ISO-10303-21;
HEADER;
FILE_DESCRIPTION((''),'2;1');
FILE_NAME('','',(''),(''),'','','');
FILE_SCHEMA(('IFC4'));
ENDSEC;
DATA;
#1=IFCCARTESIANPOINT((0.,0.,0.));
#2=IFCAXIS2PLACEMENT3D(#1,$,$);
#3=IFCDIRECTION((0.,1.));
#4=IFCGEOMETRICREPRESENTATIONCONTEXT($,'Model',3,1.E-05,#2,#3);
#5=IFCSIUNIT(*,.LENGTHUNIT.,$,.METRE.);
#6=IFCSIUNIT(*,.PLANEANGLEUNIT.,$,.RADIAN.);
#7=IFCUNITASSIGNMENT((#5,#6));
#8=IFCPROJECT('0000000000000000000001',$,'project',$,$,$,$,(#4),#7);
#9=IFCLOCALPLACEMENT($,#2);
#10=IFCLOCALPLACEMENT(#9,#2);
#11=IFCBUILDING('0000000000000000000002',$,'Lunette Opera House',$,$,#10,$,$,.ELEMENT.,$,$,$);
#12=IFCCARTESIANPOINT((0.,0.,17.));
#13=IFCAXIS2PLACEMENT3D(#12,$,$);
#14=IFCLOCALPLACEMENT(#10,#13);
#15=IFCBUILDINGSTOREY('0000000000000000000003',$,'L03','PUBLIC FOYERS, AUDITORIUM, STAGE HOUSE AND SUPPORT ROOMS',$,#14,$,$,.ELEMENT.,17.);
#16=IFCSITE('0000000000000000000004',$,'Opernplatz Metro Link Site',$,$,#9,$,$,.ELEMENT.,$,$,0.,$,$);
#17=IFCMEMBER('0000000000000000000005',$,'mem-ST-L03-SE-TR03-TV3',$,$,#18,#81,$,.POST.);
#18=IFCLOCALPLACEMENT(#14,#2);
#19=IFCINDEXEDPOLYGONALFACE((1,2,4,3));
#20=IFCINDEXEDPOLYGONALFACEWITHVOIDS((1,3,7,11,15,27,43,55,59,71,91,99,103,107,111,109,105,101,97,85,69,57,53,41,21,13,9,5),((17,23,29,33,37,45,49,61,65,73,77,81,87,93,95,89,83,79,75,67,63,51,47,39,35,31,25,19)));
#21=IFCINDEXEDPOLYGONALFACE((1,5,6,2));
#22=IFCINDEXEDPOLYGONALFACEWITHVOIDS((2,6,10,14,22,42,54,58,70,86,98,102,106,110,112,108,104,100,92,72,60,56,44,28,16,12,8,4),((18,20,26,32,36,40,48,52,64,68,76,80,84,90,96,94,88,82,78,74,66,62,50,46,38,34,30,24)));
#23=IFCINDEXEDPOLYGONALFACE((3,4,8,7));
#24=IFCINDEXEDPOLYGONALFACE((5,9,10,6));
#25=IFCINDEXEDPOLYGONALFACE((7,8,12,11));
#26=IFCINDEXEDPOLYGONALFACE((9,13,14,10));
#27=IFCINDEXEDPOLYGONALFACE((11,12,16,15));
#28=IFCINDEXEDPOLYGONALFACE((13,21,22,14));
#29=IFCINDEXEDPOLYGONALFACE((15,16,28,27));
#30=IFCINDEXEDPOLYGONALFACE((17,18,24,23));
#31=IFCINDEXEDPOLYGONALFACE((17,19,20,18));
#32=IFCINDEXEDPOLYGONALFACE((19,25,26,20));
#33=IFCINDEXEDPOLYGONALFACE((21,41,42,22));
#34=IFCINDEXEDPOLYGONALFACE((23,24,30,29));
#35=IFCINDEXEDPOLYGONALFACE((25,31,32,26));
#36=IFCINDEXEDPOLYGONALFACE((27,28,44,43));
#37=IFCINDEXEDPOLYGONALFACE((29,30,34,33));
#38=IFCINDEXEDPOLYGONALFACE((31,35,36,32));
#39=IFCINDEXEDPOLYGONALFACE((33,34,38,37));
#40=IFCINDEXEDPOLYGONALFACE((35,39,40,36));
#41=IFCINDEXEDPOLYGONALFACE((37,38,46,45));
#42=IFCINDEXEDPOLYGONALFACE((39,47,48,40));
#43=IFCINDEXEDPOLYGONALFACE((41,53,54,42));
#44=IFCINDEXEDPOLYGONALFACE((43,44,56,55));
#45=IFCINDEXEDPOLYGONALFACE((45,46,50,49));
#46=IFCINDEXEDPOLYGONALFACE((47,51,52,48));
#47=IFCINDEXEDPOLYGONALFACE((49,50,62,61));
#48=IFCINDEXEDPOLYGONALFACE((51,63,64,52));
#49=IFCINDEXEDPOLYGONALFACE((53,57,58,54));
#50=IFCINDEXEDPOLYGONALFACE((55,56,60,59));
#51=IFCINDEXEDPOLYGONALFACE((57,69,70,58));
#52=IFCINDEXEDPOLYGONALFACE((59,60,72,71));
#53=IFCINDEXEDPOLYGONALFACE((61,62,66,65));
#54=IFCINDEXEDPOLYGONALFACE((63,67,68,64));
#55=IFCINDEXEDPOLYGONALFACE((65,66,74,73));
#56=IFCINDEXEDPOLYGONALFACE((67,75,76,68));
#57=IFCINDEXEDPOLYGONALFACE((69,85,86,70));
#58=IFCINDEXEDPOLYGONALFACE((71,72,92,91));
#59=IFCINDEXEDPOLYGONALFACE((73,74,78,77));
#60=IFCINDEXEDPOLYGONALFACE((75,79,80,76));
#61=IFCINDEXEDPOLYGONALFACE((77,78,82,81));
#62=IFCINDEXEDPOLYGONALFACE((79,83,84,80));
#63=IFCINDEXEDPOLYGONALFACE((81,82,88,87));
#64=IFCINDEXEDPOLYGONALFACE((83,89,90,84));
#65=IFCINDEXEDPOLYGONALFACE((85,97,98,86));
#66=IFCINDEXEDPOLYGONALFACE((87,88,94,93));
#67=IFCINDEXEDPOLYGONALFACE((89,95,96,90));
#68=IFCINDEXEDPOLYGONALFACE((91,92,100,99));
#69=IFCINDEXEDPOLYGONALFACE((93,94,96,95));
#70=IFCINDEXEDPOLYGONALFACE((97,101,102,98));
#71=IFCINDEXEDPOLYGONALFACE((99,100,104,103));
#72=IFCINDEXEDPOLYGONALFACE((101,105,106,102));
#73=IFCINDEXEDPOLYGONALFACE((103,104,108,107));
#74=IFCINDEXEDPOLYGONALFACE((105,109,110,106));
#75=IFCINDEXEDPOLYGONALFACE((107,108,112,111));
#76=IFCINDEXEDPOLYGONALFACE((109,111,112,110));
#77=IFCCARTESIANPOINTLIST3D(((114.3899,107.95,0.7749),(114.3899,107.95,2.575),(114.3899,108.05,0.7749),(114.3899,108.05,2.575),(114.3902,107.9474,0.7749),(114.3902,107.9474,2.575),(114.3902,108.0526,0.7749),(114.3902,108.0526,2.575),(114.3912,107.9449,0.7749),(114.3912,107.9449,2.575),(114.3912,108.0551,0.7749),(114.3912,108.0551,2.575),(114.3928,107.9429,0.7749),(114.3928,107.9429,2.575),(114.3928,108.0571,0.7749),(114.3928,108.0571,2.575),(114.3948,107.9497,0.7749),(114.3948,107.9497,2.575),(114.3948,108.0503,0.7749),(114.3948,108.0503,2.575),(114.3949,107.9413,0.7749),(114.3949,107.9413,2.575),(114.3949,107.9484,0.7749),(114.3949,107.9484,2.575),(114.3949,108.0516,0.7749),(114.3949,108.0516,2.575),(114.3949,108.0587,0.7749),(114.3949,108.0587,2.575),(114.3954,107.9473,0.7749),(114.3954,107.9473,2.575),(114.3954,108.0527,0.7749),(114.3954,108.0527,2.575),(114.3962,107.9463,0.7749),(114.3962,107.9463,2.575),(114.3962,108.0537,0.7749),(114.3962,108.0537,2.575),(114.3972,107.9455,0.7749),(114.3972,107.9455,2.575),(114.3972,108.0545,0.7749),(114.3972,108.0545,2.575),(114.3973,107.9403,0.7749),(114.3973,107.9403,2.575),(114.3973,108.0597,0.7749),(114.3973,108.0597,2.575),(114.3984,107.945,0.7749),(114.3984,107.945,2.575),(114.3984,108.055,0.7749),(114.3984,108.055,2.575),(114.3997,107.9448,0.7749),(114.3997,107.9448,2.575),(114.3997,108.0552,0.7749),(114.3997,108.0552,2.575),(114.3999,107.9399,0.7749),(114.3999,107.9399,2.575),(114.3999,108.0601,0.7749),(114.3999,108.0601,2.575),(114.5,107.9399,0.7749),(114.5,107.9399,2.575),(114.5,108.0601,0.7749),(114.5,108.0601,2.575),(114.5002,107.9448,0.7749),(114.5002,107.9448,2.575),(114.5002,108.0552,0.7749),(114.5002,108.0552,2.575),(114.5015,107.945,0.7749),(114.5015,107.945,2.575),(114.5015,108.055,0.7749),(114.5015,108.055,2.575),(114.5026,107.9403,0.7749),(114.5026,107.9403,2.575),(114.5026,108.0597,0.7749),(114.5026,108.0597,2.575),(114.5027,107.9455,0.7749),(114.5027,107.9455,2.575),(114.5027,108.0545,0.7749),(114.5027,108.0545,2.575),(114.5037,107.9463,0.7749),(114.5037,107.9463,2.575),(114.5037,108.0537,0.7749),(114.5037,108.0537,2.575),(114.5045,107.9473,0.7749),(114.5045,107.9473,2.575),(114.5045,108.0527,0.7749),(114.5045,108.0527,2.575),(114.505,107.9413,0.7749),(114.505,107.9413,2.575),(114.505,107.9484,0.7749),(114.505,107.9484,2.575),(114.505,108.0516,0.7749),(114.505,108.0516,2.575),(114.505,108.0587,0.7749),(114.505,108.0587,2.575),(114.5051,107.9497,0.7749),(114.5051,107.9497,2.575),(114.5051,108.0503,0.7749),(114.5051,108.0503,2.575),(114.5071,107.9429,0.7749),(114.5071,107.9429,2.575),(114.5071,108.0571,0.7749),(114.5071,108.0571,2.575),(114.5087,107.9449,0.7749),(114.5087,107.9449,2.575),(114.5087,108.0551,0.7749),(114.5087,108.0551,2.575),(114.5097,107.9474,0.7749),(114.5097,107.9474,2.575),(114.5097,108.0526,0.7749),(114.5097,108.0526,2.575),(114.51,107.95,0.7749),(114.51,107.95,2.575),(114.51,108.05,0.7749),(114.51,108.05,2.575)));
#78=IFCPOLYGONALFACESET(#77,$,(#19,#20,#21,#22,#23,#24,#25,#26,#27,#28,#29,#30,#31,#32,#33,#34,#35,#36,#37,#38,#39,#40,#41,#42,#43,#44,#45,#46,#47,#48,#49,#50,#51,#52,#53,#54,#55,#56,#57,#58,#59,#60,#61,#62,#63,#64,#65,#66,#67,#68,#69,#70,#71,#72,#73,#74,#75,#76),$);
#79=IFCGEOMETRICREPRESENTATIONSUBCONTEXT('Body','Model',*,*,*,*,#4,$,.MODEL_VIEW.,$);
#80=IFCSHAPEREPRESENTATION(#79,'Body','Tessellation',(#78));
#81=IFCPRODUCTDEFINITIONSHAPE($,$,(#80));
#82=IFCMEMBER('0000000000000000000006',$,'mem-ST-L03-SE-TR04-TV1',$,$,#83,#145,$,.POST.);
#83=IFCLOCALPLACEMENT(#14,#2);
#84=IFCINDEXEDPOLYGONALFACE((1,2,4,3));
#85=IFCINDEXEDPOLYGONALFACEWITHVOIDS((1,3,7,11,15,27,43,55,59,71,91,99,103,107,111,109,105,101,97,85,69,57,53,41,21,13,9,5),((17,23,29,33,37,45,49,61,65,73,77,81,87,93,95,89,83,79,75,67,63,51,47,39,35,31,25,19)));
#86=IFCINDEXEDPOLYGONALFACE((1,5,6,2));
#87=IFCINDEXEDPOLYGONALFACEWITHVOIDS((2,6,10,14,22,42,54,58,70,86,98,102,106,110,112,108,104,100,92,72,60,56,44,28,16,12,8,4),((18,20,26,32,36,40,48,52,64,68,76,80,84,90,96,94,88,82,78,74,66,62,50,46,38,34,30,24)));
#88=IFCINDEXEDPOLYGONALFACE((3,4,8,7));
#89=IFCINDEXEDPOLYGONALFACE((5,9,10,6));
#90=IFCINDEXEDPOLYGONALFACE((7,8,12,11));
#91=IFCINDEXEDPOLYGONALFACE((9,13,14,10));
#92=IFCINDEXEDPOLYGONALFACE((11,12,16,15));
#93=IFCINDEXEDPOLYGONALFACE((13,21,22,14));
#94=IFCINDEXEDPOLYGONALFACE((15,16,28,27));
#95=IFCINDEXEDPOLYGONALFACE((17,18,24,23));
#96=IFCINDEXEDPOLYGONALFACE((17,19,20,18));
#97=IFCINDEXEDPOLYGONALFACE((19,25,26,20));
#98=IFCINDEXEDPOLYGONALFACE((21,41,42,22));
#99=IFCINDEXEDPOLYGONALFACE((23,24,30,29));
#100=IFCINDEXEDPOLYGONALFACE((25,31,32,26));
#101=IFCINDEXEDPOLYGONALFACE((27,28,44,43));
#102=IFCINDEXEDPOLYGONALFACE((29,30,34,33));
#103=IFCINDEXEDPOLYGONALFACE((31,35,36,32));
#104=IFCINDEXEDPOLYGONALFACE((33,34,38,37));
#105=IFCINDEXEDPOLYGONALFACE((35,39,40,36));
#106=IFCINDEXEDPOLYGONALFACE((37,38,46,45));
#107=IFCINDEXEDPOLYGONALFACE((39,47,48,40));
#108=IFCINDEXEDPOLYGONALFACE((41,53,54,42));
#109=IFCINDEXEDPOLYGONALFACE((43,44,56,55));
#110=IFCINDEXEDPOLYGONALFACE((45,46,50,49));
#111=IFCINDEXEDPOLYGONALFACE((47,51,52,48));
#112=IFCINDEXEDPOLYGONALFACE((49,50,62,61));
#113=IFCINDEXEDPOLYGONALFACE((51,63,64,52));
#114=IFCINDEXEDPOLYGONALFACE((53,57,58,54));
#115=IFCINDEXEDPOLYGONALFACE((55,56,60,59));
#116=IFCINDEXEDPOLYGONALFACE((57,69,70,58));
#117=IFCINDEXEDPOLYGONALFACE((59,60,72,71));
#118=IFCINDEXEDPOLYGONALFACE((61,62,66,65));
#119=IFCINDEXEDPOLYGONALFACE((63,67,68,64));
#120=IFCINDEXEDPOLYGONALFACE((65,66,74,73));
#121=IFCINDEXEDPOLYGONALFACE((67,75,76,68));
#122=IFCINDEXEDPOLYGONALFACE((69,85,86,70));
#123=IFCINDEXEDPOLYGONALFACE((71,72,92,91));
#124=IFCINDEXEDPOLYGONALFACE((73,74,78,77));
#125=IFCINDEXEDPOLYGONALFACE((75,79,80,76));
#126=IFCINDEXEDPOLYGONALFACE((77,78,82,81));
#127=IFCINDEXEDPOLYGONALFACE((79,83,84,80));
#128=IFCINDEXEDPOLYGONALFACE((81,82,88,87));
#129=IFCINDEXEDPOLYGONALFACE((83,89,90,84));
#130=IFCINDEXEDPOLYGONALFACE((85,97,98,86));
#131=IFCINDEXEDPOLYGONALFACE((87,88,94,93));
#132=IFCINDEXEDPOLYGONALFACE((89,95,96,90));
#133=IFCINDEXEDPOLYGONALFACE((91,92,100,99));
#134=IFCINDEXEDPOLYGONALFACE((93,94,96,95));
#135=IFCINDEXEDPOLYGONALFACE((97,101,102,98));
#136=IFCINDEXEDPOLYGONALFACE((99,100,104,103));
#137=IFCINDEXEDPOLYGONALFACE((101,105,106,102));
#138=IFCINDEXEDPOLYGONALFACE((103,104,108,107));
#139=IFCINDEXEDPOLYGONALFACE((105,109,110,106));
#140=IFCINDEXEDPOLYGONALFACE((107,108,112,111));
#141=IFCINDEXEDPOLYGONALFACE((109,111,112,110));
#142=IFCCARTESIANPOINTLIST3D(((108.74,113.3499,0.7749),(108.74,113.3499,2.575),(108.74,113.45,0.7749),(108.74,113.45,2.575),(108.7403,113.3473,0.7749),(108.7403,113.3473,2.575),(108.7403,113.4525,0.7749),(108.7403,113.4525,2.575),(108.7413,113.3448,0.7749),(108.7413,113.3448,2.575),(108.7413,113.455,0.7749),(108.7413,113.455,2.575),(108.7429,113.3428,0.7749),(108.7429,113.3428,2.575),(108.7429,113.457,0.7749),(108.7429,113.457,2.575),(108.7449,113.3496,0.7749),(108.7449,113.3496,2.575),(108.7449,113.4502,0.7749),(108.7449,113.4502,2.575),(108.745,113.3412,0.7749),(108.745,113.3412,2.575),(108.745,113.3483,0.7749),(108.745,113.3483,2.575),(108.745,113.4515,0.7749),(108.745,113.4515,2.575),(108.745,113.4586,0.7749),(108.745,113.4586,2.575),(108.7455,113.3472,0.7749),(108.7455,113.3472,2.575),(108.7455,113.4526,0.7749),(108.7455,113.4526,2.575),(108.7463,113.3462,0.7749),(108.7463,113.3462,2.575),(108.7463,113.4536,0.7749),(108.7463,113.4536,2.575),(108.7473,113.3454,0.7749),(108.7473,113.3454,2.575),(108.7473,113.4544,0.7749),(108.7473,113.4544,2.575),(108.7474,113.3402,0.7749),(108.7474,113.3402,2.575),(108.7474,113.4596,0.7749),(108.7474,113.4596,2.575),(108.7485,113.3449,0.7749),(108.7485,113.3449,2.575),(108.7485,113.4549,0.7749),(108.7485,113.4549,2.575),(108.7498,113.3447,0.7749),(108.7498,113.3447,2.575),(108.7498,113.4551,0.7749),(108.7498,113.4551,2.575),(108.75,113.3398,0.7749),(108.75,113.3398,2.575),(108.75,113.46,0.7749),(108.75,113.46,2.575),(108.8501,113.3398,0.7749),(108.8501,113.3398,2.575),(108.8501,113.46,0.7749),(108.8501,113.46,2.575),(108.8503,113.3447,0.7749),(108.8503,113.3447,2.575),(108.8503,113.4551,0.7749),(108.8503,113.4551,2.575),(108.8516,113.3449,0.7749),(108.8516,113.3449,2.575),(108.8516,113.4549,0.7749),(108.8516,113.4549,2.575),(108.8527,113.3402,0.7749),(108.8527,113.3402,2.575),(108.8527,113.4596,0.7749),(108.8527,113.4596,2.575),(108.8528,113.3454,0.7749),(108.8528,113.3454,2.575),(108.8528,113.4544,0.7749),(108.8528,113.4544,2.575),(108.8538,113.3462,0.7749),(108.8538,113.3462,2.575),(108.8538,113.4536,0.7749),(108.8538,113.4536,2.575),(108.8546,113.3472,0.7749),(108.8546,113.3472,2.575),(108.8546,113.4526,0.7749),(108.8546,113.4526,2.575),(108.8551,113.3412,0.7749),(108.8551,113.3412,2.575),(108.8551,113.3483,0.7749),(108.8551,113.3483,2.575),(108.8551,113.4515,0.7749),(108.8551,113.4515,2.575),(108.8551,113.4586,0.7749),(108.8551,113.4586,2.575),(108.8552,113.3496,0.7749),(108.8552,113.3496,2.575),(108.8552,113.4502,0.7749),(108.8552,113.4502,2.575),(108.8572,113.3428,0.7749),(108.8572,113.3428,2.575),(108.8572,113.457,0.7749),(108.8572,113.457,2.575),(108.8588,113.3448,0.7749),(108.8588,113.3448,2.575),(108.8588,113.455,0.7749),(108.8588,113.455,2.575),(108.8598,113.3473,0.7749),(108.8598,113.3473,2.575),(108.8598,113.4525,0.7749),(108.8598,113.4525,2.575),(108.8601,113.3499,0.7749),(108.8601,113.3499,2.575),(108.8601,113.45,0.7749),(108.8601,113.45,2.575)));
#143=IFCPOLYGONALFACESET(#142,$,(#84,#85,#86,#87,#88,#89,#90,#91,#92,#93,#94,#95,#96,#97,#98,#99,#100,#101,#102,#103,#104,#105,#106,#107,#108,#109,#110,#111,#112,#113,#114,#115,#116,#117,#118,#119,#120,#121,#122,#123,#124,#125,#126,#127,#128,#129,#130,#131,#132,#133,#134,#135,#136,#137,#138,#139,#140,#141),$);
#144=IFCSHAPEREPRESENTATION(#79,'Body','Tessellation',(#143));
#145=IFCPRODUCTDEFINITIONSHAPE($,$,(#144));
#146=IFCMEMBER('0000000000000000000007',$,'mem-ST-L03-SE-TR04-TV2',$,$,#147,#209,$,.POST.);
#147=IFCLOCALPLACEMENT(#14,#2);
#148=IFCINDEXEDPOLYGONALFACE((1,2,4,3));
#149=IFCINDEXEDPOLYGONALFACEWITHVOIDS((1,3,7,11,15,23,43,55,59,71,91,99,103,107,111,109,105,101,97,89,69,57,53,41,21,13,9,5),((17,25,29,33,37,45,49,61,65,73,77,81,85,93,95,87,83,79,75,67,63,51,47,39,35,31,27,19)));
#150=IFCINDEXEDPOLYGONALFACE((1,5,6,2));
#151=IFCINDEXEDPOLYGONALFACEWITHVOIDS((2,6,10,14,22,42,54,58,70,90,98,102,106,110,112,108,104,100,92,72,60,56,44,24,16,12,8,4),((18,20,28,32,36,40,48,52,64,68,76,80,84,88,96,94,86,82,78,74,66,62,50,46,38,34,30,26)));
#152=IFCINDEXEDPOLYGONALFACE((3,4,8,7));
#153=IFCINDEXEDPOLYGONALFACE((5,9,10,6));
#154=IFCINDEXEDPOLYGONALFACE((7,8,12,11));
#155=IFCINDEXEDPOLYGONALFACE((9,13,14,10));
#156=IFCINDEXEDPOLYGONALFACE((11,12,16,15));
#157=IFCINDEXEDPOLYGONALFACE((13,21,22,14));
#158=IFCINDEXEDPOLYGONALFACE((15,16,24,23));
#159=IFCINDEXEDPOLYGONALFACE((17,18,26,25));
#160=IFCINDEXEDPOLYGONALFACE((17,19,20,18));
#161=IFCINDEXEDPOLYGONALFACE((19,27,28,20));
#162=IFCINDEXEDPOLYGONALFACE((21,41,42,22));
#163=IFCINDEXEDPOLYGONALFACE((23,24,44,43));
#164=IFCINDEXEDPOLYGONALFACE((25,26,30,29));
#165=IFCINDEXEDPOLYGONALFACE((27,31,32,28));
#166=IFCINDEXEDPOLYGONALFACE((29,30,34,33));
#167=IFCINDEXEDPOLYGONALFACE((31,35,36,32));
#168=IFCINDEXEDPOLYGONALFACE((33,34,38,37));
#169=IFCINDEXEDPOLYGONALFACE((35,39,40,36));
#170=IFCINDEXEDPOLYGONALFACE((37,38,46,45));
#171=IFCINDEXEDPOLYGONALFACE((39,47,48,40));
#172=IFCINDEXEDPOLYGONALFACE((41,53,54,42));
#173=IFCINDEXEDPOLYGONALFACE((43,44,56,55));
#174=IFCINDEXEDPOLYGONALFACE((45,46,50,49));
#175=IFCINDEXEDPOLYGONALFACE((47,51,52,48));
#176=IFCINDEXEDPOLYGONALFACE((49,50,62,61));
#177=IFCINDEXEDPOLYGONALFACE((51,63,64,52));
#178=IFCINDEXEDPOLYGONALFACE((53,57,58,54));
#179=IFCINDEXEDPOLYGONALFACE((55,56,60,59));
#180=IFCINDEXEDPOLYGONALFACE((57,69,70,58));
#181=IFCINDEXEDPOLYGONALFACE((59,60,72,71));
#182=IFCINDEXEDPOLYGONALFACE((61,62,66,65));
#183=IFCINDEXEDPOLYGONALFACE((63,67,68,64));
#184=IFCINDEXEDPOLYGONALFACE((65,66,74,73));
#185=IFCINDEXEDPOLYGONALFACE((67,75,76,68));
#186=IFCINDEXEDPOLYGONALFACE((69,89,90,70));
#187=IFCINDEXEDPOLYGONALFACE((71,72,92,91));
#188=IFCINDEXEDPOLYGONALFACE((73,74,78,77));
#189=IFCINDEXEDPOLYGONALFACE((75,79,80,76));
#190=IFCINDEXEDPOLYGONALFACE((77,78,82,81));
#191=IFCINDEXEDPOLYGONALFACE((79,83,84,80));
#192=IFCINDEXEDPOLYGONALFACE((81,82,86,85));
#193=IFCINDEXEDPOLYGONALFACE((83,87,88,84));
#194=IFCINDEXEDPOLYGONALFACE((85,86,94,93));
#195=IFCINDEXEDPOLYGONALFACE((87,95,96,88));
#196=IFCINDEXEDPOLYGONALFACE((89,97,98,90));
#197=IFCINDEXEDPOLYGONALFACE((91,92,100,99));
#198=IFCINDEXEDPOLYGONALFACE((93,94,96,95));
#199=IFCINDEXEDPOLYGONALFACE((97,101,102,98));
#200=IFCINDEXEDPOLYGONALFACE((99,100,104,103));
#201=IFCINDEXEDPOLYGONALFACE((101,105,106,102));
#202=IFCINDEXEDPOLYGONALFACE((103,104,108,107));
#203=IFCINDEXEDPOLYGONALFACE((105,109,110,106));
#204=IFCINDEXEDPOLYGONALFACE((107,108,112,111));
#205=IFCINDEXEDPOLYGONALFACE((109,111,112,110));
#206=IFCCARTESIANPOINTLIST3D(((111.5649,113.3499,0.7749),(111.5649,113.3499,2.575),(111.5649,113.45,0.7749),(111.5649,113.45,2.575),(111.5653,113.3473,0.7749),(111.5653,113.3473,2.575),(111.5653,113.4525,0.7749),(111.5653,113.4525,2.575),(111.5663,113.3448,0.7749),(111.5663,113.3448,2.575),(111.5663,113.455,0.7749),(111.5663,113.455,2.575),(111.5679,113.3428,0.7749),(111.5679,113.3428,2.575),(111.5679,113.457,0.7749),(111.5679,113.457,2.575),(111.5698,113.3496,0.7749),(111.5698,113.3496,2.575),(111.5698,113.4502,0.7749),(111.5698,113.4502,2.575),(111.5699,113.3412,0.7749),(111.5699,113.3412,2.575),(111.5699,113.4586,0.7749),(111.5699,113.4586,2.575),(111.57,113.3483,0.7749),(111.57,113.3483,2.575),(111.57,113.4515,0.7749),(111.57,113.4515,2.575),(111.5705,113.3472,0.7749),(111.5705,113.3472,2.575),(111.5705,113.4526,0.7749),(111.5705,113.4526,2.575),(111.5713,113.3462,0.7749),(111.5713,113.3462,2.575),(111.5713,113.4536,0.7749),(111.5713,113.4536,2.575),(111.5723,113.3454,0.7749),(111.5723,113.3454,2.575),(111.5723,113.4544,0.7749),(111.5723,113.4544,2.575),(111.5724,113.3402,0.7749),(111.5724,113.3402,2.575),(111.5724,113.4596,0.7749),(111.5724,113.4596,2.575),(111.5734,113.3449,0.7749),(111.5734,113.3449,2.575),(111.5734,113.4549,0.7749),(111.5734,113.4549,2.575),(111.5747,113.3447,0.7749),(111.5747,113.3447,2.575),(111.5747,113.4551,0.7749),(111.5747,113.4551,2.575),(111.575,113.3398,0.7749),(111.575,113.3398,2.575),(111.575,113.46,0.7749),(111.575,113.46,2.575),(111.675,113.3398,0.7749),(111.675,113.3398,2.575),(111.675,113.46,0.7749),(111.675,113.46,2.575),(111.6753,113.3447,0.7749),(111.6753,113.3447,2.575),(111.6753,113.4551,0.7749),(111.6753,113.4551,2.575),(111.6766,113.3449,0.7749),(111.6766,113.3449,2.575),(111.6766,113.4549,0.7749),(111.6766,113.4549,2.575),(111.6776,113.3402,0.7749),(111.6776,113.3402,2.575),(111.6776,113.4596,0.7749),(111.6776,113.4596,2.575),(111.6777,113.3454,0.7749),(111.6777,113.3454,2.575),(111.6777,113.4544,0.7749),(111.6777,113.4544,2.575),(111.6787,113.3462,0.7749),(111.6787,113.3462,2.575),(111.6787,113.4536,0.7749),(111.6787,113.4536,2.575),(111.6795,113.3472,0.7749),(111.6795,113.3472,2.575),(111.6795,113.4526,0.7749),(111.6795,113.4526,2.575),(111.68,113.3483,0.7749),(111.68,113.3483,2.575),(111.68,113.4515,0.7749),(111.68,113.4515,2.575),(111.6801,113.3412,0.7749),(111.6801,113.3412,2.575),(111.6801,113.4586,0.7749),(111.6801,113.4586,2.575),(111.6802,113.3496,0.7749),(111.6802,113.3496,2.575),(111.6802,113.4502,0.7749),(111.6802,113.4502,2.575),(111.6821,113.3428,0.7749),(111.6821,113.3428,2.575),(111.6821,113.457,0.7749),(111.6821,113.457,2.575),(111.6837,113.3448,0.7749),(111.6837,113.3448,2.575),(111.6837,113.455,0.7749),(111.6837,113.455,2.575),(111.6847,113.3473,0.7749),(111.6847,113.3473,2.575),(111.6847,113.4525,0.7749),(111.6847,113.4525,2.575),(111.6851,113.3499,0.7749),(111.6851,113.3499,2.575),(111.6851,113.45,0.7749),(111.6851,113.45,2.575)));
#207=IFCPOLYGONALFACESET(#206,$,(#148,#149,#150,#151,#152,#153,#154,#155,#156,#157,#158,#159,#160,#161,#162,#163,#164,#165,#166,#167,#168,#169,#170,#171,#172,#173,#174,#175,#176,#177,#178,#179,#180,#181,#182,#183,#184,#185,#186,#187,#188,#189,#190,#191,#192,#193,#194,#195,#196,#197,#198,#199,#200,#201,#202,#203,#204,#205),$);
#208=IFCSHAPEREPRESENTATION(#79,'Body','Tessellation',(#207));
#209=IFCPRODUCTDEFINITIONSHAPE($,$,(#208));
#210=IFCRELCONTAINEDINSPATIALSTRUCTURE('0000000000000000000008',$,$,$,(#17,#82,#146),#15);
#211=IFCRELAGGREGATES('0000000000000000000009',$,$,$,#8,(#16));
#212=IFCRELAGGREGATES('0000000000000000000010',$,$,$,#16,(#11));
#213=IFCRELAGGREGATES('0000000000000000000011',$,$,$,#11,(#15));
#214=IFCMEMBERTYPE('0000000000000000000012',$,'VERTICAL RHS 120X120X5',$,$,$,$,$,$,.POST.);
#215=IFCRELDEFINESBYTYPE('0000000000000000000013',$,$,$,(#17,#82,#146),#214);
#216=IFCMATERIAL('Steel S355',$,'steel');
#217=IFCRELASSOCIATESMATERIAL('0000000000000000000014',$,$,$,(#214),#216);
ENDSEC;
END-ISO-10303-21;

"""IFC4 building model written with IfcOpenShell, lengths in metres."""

from ifc_helpers import new_model, si_unit, direction, frame, origin, origin_2d, place, context, subcontext, project, spatial, hollow_rectangle, extrude, material, material_profile, profile_set, type_object, element, save


model = new_model("IFC4")

# Units and contexts
model_context = context("Model", 3, precision=1e-05, world=origin(), true_north=direction((0.0, 1.0)))
body_context = subcontext(model_context, "Body", "Model", "MODEL_VIEW")
ifc_project = project(units=[si_unit("LENGTHUNIT", "METRE"), si_unit("PLANEANGLEUNIT", "RADIAN")], contexts=[model_context])

# Site, building, storey
site_placement = place(None, origin())
site = spatial("IfcSite", under=ifc_project, at=site_placement, Name="Opernplatz Metro Link Site", CompositionType="ELEMENT", RefElevation=0.0)
building_placement = place(site_placement, origin())
building = spatial("IfcBuilding", under=site, at=building_placement, Name="Lunette Opera House", CompositionType="ELEMENT")
storey_placement = place(building_placement, frame((0.0, 0.0, 17.0)))
storey = spatial("IfcBuildingStorey", under=building, at=storey_placement, Name="L03", Description="PUBLIC FOYERS, AUDITORIUM, STAGE HOUSE AND SUPPORT ROOMS", CompositionType="ELEMENT", Elevation=17.0)

# Members
ifc_material_1 = material(Name="Steel S355", Category="steel")
ifc_material_profile_1 = material_profile(ifc_material_1, hollow_rectangle(XDim=0.1201, YDim=0.1201, WallThickness=0.0049, InnerFilletRadius=0.0049, OuterFilletRadius=0.01, at=origin_2d()), Name="RHS 120X120X5")
ifc_profile_set_1 = profile_set([ifc_material_profile_1], Name="Steel S355")
member_type_1 = type_object("IfcMemberType", Name="VERTICAL RHS 120X120X5", PredefinedType="POST", material=ifc_profile_set_1)
for number, where, z_axis, x_axis, name in (
    (1, (114.45, 108.0, 0.7749), (0.0, 0.0, 1.0), (1.0, 0.0, 0.0), "mem-ST-L03-SE-TR03-TV3"),
    (2, (108.8, 113.3999, 0.7749), (0.0, 0.0, 1.0), (1.0, 0.0, 0.0), "mem-ST-L03-SE-TR04-TV1"),
    (3, (111.625, 113.3999, 0.7749), (0.0, 0.0, 1.0), (1.0, 0.0, 0.0), "mem-ST-L03-SE-TR04-TV2"),
):
    element("IfcMember", number, at=place(storey_placement, frame(where, z_axis=z_axis, x_axis=x_axis)), inside=storey, type_object=member_type_1, Name=name, PredefinedType="POST", context=body_context, shape_type="SweptSolid", body=[
        extrude(hollow_rectangle(XDim=0.1201, YDim=0.1201, WallThickness=0.0049, InnerFilletRadius=0.0049, OuterFilletRadius=0.01, at=origin_2d()), origin(), (0.0, 0.0, 1.0), 1.8),
    ])

save(model, "model.ifc")
